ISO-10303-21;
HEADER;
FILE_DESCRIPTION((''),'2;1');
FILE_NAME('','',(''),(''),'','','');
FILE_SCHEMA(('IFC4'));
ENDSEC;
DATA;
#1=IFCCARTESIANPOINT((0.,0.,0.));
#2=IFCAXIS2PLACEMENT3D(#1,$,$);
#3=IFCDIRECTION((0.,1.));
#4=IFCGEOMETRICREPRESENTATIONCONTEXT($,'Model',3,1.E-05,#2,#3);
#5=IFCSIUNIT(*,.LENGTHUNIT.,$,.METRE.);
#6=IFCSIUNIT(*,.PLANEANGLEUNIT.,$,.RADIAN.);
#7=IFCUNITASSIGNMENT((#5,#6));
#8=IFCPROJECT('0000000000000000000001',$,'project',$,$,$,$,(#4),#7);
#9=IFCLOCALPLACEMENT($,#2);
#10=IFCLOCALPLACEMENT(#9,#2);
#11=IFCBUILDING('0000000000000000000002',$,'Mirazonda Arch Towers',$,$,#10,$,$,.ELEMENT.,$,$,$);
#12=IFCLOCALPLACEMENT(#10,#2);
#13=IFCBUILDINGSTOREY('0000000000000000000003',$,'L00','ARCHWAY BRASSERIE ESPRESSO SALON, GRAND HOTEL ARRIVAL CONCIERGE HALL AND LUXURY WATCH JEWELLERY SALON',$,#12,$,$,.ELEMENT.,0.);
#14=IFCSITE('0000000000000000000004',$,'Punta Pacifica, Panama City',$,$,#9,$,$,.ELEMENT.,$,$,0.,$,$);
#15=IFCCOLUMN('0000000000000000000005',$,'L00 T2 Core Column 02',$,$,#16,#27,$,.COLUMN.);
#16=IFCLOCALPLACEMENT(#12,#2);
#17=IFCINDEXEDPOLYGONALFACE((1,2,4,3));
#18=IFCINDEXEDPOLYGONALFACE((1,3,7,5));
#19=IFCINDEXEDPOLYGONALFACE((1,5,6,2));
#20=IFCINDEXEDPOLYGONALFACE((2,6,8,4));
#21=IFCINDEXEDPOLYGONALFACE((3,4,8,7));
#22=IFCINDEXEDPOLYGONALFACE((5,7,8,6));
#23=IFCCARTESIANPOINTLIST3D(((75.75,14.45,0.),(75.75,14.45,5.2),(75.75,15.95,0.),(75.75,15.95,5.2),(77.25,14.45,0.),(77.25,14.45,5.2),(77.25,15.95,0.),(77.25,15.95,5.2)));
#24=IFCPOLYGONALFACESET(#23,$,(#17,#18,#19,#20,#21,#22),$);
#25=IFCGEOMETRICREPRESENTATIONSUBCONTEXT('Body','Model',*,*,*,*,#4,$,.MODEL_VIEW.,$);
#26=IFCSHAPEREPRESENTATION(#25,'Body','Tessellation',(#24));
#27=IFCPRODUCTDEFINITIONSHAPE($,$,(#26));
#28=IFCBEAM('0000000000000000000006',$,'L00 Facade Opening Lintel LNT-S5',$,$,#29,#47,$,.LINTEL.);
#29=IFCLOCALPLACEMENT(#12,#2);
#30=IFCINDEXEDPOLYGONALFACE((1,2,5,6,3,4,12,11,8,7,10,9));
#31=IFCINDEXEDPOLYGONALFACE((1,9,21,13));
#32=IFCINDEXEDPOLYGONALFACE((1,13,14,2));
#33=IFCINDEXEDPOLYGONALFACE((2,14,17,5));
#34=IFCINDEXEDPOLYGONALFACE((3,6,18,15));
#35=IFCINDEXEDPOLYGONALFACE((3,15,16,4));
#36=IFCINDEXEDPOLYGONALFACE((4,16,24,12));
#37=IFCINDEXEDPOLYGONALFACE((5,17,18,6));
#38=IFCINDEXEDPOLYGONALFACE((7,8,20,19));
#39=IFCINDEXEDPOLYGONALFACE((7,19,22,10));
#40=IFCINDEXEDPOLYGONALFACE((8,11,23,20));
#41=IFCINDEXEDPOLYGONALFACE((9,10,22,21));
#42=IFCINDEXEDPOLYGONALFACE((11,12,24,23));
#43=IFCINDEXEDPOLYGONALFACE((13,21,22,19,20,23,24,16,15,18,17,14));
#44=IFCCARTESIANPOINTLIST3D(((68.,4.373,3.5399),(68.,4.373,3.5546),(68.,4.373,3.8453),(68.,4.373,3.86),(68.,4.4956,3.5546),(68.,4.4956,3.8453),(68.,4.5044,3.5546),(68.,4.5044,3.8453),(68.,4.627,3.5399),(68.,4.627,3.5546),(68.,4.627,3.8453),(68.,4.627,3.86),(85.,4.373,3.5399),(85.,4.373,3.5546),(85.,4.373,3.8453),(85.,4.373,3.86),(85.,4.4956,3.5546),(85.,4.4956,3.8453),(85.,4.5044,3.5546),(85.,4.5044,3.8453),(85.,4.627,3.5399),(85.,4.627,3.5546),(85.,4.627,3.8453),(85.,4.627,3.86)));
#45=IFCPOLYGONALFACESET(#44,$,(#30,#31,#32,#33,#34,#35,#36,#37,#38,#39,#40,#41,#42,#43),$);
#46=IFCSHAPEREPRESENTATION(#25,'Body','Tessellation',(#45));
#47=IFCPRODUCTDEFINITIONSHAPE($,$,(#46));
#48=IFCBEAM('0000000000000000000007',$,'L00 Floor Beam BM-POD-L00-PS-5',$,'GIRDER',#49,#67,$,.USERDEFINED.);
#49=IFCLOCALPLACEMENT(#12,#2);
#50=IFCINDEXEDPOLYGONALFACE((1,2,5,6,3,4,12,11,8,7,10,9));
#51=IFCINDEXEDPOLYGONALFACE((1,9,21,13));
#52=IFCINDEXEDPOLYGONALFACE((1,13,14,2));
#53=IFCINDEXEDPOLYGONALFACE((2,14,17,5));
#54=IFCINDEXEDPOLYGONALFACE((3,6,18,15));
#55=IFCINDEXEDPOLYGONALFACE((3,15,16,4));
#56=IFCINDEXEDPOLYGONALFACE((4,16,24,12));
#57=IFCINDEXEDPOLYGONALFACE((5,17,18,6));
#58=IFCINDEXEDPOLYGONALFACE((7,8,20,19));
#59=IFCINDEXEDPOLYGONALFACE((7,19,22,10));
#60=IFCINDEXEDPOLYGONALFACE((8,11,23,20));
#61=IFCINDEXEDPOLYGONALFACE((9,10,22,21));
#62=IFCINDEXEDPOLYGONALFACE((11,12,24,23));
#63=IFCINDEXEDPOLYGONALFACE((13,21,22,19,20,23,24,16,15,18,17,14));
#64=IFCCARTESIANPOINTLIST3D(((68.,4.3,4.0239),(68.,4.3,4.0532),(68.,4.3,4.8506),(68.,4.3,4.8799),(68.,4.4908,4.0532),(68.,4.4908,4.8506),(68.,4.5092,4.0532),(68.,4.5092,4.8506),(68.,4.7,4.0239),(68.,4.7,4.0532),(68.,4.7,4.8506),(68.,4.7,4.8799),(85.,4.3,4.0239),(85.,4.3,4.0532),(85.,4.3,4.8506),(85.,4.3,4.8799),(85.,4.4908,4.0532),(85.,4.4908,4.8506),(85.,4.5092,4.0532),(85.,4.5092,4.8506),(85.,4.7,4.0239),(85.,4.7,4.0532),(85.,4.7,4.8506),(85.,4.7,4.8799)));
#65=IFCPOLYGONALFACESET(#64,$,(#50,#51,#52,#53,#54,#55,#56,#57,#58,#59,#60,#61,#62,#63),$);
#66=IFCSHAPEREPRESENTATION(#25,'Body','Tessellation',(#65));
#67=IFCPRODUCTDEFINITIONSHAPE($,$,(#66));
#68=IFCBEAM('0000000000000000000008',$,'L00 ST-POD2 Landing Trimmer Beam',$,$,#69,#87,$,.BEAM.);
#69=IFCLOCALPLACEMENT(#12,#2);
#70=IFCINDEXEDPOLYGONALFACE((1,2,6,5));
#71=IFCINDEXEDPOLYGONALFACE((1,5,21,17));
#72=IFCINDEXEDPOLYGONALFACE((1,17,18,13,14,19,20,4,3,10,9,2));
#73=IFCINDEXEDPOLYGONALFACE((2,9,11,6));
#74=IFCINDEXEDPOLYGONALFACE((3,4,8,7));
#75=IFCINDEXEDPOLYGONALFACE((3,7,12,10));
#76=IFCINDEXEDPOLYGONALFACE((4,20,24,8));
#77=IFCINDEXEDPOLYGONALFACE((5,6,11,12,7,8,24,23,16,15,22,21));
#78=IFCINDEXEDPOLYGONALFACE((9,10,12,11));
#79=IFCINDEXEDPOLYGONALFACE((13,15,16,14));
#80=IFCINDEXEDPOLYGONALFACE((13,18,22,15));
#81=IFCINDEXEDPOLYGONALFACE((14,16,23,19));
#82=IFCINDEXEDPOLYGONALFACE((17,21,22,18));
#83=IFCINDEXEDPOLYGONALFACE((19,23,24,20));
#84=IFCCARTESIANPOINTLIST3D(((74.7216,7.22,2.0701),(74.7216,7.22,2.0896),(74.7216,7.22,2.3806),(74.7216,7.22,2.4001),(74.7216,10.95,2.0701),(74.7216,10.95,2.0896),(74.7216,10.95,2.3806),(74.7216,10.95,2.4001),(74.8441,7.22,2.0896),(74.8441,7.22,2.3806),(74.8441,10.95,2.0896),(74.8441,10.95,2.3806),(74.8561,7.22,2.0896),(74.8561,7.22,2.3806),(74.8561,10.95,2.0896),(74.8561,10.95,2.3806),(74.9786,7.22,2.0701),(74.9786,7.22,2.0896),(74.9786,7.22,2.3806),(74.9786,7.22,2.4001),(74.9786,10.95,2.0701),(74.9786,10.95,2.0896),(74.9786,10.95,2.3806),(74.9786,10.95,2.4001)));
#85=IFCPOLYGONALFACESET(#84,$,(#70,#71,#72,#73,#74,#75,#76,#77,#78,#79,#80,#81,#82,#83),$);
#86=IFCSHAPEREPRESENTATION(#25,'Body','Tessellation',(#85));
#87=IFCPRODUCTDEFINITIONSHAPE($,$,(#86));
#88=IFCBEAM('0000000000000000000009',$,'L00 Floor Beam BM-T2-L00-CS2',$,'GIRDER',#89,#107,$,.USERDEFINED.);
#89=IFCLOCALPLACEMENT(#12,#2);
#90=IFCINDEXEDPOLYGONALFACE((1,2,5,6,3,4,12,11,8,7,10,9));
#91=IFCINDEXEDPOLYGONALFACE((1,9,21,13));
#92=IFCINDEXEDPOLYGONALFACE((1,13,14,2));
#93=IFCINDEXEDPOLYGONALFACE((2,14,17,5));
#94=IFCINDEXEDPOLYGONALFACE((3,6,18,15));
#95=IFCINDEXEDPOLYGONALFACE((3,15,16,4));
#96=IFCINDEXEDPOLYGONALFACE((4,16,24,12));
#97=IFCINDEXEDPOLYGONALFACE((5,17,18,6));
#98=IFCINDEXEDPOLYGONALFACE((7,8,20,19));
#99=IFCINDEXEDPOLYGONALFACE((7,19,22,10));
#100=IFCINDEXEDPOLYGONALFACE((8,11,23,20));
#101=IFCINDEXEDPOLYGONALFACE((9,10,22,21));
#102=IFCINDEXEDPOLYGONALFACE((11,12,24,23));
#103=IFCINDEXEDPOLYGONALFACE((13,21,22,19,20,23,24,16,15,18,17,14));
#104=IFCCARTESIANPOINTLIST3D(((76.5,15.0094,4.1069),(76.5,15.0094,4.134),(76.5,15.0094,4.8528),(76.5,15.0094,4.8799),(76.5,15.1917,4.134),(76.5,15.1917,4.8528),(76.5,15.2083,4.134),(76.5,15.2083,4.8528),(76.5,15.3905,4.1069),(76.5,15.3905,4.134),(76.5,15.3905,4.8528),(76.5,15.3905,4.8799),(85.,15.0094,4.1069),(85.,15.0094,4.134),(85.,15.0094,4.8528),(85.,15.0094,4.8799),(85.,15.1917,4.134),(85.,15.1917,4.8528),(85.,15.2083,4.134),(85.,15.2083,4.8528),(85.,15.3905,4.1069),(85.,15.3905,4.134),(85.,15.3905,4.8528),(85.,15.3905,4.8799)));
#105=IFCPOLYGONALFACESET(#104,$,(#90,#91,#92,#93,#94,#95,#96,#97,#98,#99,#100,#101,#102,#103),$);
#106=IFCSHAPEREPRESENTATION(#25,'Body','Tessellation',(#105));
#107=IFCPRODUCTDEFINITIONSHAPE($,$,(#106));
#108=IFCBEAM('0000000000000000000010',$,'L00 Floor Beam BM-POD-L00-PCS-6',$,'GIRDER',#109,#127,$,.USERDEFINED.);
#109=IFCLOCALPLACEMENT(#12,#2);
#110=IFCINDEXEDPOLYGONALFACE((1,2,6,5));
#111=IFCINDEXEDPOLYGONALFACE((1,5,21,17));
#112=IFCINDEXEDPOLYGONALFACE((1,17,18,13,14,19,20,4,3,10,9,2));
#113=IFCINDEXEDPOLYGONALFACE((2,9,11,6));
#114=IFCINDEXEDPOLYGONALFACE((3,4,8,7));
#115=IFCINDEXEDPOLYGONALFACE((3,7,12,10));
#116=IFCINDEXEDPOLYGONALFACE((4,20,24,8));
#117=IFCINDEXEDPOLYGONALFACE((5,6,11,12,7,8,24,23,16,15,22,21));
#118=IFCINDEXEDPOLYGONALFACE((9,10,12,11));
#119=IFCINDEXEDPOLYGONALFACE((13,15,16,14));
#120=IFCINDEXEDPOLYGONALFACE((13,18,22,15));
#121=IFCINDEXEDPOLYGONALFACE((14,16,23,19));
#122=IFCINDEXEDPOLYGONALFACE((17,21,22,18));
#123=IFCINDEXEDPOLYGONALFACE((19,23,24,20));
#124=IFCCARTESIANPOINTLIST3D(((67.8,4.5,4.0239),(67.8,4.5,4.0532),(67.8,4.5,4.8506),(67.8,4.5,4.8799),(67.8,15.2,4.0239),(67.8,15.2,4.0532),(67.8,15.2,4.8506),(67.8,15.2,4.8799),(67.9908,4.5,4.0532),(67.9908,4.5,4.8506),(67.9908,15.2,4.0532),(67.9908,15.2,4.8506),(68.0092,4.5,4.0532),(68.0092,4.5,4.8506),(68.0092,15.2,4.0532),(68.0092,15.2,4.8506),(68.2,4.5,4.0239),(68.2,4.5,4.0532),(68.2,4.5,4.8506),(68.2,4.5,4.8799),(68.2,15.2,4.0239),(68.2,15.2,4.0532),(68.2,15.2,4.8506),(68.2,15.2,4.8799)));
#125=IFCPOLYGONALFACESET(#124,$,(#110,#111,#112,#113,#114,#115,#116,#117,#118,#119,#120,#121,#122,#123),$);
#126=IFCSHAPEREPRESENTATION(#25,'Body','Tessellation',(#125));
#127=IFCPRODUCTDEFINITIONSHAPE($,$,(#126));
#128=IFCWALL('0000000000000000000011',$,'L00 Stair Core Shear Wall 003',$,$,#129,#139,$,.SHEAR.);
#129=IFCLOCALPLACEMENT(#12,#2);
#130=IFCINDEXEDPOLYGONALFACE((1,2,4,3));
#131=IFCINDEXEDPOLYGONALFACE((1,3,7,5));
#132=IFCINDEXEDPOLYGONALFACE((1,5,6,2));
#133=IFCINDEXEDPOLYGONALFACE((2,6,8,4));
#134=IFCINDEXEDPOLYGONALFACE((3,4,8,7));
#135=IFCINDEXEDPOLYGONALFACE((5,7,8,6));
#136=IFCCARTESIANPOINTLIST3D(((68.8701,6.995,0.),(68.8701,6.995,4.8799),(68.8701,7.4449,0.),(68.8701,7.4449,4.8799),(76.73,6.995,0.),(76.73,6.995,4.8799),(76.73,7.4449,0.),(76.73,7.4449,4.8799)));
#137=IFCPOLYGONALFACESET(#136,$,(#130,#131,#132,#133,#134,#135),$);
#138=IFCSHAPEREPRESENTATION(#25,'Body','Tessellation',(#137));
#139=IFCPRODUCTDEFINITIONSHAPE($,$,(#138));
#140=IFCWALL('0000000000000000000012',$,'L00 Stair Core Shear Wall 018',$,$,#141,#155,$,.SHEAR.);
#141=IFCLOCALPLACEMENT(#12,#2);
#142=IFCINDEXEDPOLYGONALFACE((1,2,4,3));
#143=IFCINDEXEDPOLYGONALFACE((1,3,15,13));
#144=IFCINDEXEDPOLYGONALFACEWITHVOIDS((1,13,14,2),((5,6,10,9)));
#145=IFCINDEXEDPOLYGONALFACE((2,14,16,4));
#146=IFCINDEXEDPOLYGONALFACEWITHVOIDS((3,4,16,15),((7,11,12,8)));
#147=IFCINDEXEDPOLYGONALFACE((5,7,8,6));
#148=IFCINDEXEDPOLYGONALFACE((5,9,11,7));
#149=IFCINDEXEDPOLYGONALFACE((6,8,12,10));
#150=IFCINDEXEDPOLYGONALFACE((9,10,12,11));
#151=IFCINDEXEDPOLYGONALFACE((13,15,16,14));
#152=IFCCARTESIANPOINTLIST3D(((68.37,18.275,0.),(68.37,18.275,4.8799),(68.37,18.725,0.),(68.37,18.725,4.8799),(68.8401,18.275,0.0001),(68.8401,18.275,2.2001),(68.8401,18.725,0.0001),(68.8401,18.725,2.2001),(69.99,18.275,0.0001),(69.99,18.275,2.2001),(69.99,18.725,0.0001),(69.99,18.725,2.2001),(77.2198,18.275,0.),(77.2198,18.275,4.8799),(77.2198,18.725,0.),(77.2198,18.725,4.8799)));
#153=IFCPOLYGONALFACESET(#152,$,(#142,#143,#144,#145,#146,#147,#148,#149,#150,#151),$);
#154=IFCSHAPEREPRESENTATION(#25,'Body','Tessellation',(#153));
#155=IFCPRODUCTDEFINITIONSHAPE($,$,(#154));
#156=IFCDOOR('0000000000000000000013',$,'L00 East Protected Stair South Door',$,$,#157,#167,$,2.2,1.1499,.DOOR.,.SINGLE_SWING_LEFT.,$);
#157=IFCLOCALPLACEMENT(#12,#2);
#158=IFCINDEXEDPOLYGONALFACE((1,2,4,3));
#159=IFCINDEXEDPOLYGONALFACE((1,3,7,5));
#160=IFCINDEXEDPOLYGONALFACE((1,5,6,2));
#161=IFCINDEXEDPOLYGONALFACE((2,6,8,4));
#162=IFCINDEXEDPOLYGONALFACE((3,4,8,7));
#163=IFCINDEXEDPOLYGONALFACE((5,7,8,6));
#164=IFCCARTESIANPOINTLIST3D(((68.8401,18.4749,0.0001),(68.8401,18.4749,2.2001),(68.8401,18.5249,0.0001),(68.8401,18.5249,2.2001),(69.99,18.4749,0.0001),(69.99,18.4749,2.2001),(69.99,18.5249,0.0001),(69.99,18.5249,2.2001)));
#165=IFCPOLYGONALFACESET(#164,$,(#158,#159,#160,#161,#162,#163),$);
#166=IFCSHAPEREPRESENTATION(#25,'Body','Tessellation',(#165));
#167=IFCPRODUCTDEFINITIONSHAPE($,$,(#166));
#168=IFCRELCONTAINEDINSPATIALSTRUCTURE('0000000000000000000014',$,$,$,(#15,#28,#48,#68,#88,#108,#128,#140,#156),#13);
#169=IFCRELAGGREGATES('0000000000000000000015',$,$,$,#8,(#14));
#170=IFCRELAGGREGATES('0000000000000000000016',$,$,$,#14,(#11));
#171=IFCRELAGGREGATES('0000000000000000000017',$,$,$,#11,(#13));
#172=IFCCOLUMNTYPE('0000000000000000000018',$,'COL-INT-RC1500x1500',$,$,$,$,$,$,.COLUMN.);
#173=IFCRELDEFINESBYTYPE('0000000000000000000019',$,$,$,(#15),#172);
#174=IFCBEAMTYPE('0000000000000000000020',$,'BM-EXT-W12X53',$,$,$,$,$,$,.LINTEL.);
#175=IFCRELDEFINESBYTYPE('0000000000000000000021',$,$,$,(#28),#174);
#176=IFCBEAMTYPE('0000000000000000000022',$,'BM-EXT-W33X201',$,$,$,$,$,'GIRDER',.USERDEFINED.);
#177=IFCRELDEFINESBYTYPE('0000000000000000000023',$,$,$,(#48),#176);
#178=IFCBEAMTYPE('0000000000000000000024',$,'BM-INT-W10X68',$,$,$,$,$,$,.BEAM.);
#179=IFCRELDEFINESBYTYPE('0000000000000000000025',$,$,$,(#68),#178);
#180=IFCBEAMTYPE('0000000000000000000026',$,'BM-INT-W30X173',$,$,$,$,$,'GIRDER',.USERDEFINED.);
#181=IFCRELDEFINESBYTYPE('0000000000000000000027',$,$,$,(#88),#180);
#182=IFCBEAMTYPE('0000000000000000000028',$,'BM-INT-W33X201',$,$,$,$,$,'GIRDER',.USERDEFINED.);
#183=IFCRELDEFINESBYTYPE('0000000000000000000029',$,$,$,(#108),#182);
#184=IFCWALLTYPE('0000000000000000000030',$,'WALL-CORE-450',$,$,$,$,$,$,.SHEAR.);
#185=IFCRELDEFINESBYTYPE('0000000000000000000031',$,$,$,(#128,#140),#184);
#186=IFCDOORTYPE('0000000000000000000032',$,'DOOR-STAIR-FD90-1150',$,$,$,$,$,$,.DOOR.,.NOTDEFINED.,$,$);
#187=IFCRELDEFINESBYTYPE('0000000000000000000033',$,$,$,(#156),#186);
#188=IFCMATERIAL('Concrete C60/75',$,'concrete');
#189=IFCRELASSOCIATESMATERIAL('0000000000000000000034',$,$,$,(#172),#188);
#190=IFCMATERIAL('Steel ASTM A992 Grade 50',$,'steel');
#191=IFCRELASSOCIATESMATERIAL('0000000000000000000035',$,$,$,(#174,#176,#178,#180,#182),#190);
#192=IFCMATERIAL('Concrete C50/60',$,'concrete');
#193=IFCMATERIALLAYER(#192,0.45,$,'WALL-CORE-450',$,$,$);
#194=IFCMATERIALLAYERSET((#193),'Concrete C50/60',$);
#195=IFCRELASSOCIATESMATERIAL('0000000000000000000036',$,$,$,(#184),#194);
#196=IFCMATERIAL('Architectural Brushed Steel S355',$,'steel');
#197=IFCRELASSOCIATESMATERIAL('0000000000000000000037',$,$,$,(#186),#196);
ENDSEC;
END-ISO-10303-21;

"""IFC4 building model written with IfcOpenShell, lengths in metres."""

from ifc_helpers import new_model, si_unit, direction, frame, frame_2d, origin, origin_2d, place, context, subcontext, project, spatial, rectangle, i_section, extrude, material, layer, layer_set, material_profile, profile_set, type_object, element, fill, save


model = new_model("IFC4")

# Units and contexts
model_context = context("Model", 3, precision=1e-05, world=origin(), true_north=direction((0.0, 1.0)))
body_context = subcontext(model_context, "Body", "Model", "MODEL_VIEW")
ifc_project = project(units=[si_unit("LENGTHUNIT", "METRE"), si_unit("PLANEANGLEUNIT", "RADIAN")], contexts=[model_context])

# Site, building, storey
site_placement = place(None, origin())
site = spatial("IfcSite", under=ifc_project, at=site_placement, Name="Punta Pacifica, Panama City", CompositionType="ELEMENT", RefElevation=0.0)
building_placement = place(site_placement, origin())
building = spatial("IfcBuilding", under=site, at=building_placement, Name="Mirazonda Arch Towers", CompositionType="ELEMENT")
storey_placement = place(building_placement, origin())
storey = spatial("IfcBuildingStorey", under=building, at=storey_placement, Name="L00", Description="ARCHWAY BRASSERIE ESPRESSO SALON, GRAND HOTEL ARRIVAL CONCIERGE HALL AND LUXURY WATCH JEWELLERY SALON", CompositionType="ELEMENT", Elevation=0.0)

# Column
ifc_material_1 = material(Name="Concrete C60/75", Category="concrete")
ifc_material_profile_1 = material_profile(ifc_material_1, rectangle(XDim=1.5, YDim=1.5, at=origin_2d()), Name="RC1500x1500")
ifc_profile_set_1 = profile_set([ifc_material_profile_1], Name="Concrete C60/75")
column_type = type_object("IfcColumnType", Name="COL-INT-RC1500x1500", PredefinedType="COLUMN", material=ifc_profile_set_1)
column_placement = place(storey_placement, frame((76.5, 15.2, 0.0), z_axis=(0.0, 0.0, 1.0), x_axis=(1.0, 0.0, 0.0)))
element("IfcColumn", 1, at=column_placement, inside=storey, type_object=column_type, Name="L00 T2 Core Column 02", PredefinedType="COLUMN", context=body_context, shape_type="SweptSolid", body=[
    extrude(rectangle(XDim=1.5, YDim=1.5, at=origin_2d()), origin(), (0.0, 0.0, 1.0), 5.2),
])

# Beams
ifc_material_2 = material(Name="Steel ASTM A992 Grade 50", Category="steel")
ifc_material_profile_2 = material_profile(ifc_material_2, i_section(OverallWidth=0.2539, OverallDepth=0.3201, WebThickness=0.0088, FlangeThickness=0.0146, at=origin_2d()), Name="W12X53")
ifc_profile_set_2 = profile_set([ifc_material_profile_2], Name="Steel ASTM A992 Grade 50")
beam_type_1 = type_object("IfcBeamType", Name="BM-EXT-W12X53", PredefinedType="LINTEL", material=ifc_profile_set_2)
beam_1_placement = place(storey_placement, frame((68.0, 4.5, 3.7), z_axis=(1.0, 0.0, 0.0), x_axis=(0.0, 1.0, 0.0)))
element("IfcBeam", 2, at=beam_1_placement, inside=storey, type_object=beam_type_1, Name="L00 Facade Opening Lintel LNT-S5", PredefinedType="LINTEL", context=body_context, shape_type="SweptSolid", body=[
    extrude(i_section(OverallWidth=0.2539, OverallDepth=0.3201, WebThickness=0.0088, FlangeThickness=0.0146, at=origin_2d()), origin(), (0.0, 0.0, 1.0), 17.0),
])
ifc_material_profile_3 = material_profile(ifc_material_2, i_section(OverallWidth=0.3999, OverallDepth=0.856, WebThickness=0.0183, FlangeThickness=0.0293, at=origin_2d()), Name="W33X201")
ifc_profile_set_3 = profile_set([ifc_material_profile_3], Name="Steel ASTM A992 Grade 50")
beam_type_2 = type_object("IfcBeamType", Name="BM-EXT-W33X201", ElementType="GIRDER", PredefinedType="USERDEFINED", material=ifc_profile_set_3)
beam_2_placement = place(storey_placement, frame((68.0, 4.5, 4.4519), z_axis=(1.0, 0.0, 0.0), x_axis=(0.0, 1.0, 0.0)))
element("IfcBeam", 3, at=beam_2_placement, inside=storey, type_object=beam_type_2, Name="L00 Floor Beam BM-POD-L00-PS-5", ObjectType="GIRDER", PredefinedType="USERDEFINED", context=body_context, shape_type="SweptSolid", body=[
    extrude(i_section(OverallWidth=0.3999, OverallDepth=0.856, WebThickness=0.0183, FlangeThickness=0.0293, at=origin_2d()), origin(), (0.0, 0.0, 1.0), 17.0),
])
ifc_material_profile_4 = material_profile(ifc_material_2, i_section(OverallWidth=0.2571, OverallDepth=0.3301, WebThickness=0.012, FlangeThickness=0.0195, at=origin_2d()), Name="W10X68")
ifc_profile_set_4 = profile_set([ifc_material_profile_4], Name="Steel ASTM A992 Grade 50")
beam_type_3 = type_object("IfcBeamType", Name="BM-INT-W10X68", PredefinedType="BEAM", material=ifc_profile_set_4)
beam_3_placement = place(storey_placement, frame((74.8501, 7.22, 2.2351), z_axis=(0.0, 1.0, 0.0), x_axis=(-1.0, 0.0, 0.0)))
element("IfcBeam", 4, at=beam_3_placement, inside=storey, type_object=beam_type_3, Name="L00 ST-POD2 Landing Trimmer Beam", PredefinedType="BEAM", context=body_context, shape_type="SweptSolid", body=[
    extrude(i_section(OverallWidth=0.2571, OverallDepth=0.3301, WebThickness=0.012, FlangeThickness=0.0195, at=origin_2d()), origin(), (0.0, 0.0, 1.0), 3.73),
])
ifc_material_profile_5 = material_profile(ifc_material_2, i_section(OverallWidth=0.3811, OverallDepth=0.7729, WebThickness=0.0166, FlangeThickness=0.0271, at=origin_2d()), Name="W30X173")
ifc_profile_set_5 = profile_set([ifc_material_profile_5], Name="Steel ASTM A992 Grade 50")
beam_type_4 = type_object("IfcBeamType", Name="BM-INT-W30X173", ElementType="GIRDER", PredefinedType="USERDEFINED", material=ifc_profile_set_5)
beam_4_placement = place(storey_placement, frame((76.5, 15.2, 4.4934), z_axis=(1.0, 0.0, 0.0), x_axis=(0.0, 1.0, 0.0)))
element("IfcBeam", 5, at=beam_4_placement, inside=storey, type_object=beam_type_4, Name="L00 Floor Beam BM-T2-L00-CS2", ObjectType="GIRDER", PredefinedType="USERDEFINED", context=body_context, shape_type="SweptSolid", body=[
    extrude(i_section(OverallWidth=0.3811, OverallDepth=0.7729, WebThickness=0.0166, FlangeThickness=0.0271, at=origin_2d()), origin(), (0.0, 0.0, 1.0), 8.5),
])
ifc_material_profile_6 = material_profile(ifc_material_2, i_section(OverallWidth=0.3999, OverallDepth=0.856, WebThickness=0.0183, FlangeThickness=0.0293, at=origin_2d()), Name="W33X201")
ifc_profile_set_6 = profile_set([ifc_material_profile_6], Name="Steel ASTM A992 Grade 50")
beam_type_5 = type_object("IfcBeamType", Name="BM-INT-W33X201", ElementType="GIRDER", PredefinedType="USERDEFINED", material=ifc_profile_set_6)
beam_5_placement = place(storey_placement, frame((68.0, 4.5, 4.4519), z_axis=(0.0, 1.0, 0.0), x_axis=(-1.0, 0.0, 0.0)))
element("IfcBeam", 6, at=beam_5_placement, inside=storey, type_object=beam_type_5, Name="L00 Floor Beam BM-POD-L00-PCS-6", ObjectType="GIRDER", PredefinedType="USERDEFINED", context=body_context, shape_type="SweptSolid", body=[
    extrude(i_section(OverallWidth=0.3999, OverallDepth=0.856, WebThickness=0.0183, FlangeThickness=0.0293, at=origin_2d()), origin(), (0.0, 0.0, 1.0), 10.7),
])

# Wall
ifc_material_3 = material(Name="Concrete C50/60", Category="concrete")
ifc_layer_1 = layer(ifc_material_3, 0.45, Name="WALL-CORE-450")
ifc_layer_set_1 = layer_set([ifc_layer_1], Name="Concrete C50/60")
wall_type_1 = type_object("IfcWallType", Name="WALL-CORE-450", PredefinedType="SHEAR", material=ifc_layer_set_1)
wall_1_placement = place(storey_placement, frame((68.8701, 7.22, 0.0), z_axis=(0.0, 0.0, 1.0), x_axis=(1.0, 0.0, 0.0)))
element("IfcWall", 7, at=wall_1_placement, inside=storey, type_object=wall_type_1, Name="L00 Stair Core Shear Wall 003", PredefinedType="SHEAR", context=body_context, shape_type="SweptSolid", body=[
    extrude(rectangle(XDim=7.8599, YDim=0.45, at=frame_2d((3.9299, 0.0))), origin(), (0.0, 0.0, 1.0), 4.8799),
])

# Wall, opening, door
wall_2_placement = place(storey_placement, frame((68.3701, 18.5, 0.0), z_axis=(0.0, 0.0, 1.0), x_axis=(1.0, 0.0, 0.0)))
wall_2 = element("IfcWall", 8, at=wall_2_placement, inside=storey, type_object=wall_type_1, Name="L00 Stair Core Shear Wall 018", PredefinedType="SHEAR", context=body_context, shape_type="SweptSolid", body=[
    extrude(rectangle(XDim=8.8499, YDim=0.45, at=frame_2d((4.4248, 0.0))), origin(), (0.0, 0.0, 1.0), 4.8799),
])
opening_placement = place(wall_2_placement, frame((0.47, 0.0, 0.0)))
opening = element("IfcOpeningElement", 9, at=opening_placement, cuts=wall_2, PredefinedType="OPENING", context=body_context, shape_type="SweptSolid", body=[
    extrude(rectangle(XDim=1.1499, YDim=2.2, at=frame_2d((0.575, 1.1001))), frame((0.0, 0.2349, 0.0), z_axis=(0.0, -1.0, 0.0), x_axis=(1.0, 0.0, 0.0)), (0.0, 0.0, 1.0), 0.47),
])
ifc_material_4 = material(Name="Architectural Brushed Steel S355", Category="steel")
door_type = type_object("IfcDoorType", Name="DOOR-STAIR-FD90-1150", OperationType="NOTDEFINED", PredefinedType="DOOR", material=ifc_material_4)
door_placement = place(opening_placement, origin())
door = element("IfcDoor", 10, at=door_placement, inside=storey, type_object=door_type, Name="L00 East Protected Stair South Door", OperationType="SINGLE_SWING_LEFT", OverallHeight=2.2, OverallWidth=1.1499, PredefinedType="DOOR", context=body_context, shape_type="SweptSolid", body=[
    extrude(rectangle(XDim=1.1499, YDim=2.2, at=frame_2d((0.575, 1.1001))), frame((0.0, 0.0249, 0.0), z_axis=(0.0, -1.0, 0.0), x_axis=(1.0, 0.0, 0.0)), (0.0, 0.0, 1.0), 0.05),
])
fill(opening, door)

save(model, "model.ifc")
